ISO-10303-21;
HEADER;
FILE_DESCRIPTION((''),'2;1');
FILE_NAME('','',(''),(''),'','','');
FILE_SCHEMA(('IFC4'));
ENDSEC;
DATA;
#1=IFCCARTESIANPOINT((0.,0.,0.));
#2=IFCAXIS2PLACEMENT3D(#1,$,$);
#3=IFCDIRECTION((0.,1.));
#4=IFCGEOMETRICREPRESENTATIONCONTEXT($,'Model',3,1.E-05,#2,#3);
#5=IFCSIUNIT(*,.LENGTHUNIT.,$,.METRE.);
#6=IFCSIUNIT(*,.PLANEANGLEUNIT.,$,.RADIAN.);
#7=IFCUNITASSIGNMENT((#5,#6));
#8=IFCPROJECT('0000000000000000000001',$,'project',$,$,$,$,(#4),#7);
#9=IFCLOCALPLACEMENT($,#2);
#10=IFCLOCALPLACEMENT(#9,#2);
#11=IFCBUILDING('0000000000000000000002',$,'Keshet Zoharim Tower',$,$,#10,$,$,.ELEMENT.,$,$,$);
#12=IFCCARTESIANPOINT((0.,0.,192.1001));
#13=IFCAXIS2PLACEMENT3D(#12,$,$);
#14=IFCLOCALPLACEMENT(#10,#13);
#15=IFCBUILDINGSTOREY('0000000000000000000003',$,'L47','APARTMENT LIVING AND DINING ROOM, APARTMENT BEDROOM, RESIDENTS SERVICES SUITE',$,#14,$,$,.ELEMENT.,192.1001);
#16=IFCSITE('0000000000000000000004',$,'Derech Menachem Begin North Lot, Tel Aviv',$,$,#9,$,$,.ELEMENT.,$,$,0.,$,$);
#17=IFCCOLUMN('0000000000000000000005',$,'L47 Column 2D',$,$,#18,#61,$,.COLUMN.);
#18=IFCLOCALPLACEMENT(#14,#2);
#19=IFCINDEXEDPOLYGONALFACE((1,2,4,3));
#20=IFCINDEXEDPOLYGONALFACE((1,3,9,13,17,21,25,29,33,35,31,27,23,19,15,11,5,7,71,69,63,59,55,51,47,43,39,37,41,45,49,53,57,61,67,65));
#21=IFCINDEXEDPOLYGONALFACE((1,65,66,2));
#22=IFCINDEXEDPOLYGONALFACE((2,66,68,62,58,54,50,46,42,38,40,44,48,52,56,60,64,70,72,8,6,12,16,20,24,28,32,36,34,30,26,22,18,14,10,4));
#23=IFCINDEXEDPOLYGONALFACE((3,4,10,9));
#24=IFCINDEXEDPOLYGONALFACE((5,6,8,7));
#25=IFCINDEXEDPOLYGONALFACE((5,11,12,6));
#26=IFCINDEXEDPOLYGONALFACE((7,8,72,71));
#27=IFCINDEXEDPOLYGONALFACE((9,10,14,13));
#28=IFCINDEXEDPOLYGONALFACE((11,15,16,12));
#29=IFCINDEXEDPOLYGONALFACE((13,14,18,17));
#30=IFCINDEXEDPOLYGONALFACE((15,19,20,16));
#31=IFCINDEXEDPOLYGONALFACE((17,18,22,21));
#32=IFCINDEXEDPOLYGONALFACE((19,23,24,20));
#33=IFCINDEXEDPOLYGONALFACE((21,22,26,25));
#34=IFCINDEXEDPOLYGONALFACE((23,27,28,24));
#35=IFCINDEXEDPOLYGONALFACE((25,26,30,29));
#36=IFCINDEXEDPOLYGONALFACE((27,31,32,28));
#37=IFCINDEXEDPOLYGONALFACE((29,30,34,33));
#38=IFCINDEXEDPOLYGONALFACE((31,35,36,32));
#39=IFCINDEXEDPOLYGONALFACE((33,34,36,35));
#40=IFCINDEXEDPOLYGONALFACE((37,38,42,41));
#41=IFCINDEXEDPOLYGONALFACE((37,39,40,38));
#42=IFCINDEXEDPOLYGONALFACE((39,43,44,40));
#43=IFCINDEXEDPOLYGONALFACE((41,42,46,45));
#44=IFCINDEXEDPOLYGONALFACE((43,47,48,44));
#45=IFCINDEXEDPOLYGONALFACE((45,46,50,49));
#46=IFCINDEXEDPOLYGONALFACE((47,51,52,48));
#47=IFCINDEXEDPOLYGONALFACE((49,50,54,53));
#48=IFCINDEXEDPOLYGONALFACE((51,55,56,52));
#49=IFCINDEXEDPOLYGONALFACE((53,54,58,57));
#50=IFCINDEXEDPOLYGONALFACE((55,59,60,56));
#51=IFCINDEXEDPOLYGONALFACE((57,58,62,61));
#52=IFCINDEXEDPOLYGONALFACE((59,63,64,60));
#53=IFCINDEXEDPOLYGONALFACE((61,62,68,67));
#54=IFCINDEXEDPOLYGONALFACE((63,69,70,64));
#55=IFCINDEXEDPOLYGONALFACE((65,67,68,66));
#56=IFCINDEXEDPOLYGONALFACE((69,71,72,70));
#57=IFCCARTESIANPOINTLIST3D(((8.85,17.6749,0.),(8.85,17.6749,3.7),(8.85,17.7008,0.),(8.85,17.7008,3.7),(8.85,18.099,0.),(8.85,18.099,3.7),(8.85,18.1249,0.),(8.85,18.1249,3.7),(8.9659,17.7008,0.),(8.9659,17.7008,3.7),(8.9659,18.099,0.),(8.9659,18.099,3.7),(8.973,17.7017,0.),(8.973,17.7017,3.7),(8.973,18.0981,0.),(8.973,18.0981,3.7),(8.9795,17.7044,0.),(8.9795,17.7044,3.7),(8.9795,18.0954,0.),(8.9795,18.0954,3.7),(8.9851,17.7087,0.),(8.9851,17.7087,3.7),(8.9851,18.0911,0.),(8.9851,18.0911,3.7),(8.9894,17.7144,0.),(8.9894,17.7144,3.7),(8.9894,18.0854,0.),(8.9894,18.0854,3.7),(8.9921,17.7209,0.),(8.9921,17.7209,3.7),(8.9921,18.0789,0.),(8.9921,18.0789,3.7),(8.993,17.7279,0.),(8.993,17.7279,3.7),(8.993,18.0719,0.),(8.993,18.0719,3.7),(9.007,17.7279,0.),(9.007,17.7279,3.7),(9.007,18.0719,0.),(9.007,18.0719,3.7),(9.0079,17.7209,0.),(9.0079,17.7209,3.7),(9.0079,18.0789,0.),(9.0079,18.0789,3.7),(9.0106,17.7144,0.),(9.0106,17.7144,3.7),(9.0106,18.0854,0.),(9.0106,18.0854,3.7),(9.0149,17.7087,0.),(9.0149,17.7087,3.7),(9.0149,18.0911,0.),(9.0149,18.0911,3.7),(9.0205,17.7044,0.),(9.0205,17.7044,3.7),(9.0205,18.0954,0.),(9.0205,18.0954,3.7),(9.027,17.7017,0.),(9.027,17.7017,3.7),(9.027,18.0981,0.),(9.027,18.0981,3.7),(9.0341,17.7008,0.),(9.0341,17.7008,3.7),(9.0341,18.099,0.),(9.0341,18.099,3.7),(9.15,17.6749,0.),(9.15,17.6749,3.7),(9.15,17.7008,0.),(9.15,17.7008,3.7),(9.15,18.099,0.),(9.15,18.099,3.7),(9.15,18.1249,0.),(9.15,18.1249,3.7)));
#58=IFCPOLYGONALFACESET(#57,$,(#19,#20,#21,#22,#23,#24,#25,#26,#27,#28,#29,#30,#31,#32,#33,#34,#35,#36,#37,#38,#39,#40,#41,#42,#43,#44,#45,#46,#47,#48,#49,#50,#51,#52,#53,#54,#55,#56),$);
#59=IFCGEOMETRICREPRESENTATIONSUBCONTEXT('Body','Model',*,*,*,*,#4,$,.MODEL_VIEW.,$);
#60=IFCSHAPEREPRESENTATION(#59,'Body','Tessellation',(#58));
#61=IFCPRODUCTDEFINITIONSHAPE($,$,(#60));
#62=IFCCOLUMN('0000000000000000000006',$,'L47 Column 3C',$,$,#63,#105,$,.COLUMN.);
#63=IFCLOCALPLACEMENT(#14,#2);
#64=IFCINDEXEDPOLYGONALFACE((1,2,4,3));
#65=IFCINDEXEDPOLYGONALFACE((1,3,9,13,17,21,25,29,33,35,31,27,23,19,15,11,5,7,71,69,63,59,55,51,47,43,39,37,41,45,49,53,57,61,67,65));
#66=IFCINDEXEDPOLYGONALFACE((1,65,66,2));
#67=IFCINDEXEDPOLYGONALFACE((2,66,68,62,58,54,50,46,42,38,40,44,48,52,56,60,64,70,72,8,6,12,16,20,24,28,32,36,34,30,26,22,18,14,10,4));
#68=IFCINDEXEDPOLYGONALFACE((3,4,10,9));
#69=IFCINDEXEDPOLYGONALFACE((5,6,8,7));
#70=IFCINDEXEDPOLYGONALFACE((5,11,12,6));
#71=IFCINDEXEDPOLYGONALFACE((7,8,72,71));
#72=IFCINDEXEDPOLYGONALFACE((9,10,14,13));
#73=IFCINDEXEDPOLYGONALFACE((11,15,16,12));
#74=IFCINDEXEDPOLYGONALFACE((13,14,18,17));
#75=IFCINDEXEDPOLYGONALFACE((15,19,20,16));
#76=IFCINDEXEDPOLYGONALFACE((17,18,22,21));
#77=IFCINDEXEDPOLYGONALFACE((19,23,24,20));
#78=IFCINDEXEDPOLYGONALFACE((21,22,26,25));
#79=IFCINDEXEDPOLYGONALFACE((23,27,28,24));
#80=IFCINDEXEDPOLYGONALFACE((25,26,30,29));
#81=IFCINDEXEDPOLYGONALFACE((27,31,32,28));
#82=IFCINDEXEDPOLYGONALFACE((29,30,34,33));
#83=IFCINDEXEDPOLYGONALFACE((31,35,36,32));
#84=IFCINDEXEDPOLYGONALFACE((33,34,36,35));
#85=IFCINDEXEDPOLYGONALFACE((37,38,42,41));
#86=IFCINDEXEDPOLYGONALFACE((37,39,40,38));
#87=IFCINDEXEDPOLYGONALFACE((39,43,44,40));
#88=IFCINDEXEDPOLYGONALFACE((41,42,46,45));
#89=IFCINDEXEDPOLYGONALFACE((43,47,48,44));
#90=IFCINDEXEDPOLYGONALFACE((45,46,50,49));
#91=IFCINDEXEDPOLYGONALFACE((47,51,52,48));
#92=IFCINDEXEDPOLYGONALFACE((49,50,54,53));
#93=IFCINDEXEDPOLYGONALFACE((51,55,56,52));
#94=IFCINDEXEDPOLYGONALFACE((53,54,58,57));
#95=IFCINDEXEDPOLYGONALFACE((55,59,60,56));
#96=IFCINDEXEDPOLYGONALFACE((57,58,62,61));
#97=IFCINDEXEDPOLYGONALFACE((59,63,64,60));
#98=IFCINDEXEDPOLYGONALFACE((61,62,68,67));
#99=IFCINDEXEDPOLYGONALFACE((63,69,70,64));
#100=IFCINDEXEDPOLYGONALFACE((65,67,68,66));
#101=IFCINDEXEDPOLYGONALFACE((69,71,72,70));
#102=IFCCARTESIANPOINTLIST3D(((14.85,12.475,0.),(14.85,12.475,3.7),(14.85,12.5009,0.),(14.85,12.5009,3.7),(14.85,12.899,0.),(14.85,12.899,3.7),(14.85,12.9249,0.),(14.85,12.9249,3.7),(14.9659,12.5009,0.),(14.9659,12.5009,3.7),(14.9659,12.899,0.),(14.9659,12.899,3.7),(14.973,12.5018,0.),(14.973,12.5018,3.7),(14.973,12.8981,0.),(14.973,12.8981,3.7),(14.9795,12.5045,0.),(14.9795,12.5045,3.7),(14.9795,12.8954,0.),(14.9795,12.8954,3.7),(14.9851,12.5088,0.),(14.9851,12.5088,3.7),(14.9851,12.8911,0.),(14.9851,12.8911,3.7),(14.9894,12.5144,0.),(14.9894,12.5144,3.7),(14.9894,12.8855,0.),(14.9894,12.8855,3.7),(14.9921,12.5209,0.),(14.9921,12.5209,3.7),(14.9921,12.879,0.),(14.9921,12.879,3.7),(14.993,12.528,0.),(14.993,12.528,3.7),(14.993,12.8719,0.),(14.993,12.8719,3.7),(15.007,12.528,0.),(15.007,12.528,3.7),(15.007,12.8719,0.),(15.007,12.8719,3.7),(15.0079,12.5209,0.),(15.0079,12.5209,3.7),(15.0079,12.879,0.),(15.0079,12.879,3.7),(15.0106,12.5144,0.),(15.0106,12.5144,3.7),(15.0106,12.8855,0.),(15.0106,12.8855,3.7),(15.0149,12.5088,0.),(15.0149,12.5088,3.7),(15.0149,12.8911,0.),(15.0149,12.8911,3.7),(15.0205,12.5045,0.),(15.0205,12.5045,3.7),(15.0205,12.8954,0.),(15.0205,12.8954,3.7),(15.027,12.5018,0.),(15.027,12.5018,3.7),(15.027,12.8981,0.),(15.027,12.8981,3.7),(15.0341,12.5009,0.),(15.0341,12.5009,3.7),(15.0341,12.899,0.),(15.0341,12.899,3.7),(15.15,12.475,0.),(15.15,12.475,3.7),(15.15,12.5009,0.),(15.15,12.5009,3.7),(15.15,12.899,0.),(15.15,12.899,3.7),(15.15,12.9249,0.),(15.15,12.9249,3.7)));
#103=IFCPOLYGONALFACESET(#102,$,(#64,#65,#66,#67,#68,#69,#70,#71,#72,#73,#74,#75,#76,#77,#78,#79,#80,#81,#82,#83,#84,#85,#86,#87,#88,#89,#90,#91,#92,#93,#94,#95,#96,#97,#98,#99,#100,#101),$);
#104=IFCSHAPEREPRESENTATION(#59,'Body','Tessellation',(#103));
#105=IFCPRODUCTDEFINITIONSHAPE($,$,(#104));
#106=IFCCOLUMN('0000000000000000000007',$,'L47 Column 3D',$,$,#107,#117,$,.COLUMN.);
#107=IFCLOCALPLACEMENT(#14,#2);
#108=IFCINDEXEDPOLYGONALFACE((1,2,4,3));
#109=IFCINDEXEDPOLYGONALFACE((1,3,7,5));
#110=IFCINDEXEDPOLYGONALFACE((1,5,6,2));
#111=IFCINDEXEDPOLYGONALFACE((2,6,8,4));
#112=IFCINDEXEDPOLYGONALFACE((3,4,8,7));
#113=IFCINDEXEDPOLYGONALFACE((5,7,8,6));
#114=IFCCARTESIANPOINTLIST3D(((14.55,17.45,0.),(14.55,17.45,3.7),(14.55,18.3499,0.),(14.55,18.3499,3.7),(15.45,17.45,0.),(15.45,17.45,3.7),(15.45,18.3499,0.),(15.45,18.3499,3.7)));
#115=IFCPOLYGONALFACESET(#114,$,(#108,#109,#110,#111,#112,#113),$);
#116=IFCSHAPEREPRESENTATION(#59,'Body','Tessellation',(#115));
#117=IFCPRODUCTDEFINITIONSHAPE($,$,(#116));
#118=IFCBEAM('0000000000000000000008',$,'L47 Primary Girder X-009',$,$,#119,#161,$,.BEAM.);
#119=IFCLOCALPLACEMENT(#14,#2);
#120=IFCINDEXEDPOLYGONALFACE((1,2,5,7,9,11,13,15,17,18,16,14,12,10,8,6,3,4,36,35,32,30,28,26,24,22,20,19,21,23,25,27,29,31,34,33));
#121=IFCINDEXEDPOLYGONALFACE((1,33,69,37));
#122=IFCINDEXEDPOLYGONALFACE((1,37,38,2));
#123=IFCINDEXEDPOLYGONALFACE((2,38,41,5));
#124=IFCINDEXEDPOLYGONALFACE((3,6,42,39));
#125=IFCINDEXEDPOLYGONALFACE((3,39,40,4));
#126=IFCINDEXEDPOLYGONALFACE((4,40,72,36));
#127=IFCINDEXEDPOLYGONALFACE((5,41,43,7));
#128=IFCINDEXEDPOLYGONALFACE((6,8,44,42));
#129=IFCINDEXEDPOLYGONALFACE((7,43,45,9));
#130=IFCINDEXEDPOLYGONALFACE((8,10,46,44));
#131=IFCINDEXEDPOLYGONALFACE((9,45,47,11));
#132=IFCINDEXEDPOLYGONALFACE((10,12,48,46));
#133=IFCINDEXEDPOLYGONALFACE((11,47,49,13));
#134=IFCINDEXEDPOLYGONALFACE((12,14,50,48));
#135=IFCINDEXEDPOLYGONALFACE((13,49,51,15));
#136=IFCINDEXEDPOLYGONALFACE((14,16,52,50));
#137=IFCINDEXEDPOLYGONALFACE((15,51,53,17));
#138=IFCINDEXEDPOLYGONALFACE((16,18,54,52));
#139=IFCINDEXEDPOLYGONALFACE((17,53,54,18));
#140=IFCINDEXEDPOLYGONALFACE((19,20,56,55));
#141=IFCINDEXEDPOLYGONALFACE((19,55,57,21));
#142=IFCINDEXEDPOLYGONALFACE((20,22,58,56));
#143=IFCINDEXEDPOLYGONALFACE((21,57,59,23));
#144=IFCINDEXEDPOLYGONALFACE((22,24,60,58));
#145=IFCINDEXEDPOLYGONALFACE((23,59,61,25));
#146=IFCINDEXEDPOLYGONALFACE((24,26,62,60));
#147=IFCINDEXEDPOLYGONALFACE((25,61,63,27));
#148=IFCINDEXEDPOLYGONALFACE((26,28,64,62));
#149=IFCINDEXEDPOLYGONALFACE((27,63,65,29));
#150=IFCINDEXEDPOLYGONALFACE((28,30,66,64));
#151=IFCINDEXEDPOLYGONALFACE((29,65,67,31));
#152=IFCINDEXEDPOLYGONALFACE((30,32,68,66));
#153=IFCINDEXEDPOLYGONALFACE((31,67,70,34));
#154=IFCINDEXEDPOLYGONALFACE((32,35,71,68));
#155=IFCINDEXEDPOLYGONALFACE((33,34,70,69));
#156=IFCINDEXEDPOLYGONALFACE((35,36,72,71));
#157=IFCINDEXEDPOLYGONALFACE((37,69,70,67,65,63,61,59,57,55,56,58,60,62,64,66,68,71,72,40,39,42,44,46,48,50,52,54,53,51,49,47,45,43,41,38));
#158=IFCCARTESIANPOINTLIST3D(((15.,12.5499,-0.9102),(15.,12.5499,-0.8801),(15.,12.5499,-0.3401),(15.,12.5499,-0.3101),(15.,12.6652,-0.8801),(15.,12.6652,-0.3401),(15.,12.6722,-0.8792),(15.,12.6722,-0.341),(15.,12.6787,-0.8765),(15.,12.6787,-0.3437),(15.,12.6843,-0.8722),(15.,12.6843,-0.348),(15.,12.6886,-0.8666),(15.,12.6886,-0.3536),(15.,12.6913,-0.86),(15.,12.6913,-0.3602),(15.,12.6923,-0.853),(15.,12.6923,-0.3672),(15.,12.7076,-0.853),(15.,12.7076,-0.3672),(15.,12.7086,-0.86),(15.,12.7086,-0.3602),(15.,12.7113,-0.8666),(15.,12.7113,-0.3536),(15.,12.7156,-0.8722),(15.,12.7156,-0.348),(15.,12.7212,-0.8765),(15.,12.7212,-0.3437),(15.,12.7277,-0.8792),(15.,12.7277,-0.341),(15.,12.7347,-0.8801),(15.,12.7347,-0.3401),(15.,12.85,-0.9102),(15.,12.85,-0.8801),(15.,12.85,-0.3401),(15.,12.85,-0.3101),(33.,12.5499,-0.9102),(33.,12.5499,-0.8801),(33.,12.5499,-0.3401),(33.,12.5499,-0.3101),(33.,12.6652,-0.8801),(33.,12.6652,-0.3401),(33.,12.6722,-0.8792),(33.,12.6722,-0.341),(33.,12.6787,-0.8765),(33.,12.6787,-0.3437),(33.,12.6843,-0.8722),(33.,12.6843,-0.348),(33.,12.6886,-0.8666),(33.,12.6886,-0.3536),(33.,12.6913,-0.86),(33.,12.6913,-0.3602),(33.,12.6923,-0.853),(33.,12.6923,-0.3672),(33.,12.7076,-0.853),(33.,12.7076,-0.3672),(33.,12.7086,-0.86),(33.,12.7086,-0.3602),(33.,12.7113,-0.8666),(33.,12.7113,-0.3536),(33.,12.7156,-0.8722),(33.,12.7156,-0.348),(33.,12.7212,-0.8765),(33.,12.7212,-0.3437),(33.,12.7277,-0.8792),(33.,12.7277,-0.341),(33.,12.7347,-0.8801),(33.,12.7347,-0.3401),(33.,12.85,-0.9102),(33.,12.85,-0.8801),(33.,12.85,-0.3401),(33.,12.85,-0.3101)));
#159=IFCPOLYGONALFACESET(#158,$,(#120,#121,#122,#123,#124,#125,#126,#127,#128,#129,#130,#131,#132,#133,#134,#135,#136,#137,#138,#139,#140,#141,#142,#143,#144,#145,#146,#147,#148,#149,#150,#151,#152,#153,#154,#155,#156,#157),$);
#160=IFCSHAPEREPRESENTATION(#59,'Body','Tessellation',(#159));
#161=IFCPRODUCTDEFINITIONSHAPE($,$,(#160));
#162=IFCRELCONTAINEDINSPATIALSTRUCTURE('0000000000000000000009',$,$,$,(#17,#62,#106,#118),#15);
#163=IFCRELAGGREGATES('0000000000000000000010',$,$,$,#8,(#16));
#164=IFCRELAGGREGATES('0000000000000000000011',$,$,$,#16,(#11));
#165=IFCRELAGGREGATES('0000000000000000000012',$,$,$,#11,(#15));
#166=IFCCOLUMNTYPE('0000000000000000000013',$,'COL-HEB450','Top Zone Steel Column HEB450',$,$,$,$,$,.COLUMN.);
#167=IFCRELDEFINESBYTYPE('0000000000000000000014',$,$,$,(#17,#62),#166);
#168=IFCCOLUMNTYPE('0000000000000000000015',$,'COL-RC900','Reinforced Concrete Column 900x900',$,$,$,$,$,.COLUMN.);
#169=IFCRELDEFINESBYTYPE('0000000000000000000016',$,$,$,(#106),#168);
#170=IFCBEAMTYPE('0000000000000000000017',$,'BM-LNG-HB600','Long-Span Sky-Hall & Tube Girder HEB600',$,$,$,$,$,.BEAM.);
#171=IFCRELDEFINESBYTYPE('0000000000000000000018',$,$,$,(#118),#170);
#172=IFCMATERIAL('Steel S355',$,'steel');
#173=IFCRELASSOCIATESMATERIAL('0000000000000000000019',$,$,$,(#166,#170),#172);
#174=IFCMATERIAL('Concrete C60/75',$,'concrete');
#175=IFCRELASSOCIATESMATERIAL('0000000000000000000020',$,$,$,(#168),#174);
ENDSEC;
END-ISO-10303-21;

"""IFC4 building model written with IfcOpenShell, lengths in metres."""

from ifc_helpers import new_model, si_unit, direction, frame, origin, origin_2d, place, context, subcontext, project, spatial, rectangle, i_section, extrude, material, material_profile, profile_set, type_object, element, save


model = new_model("IFC4")

# Units and contexts
model_context = context("Model", 3, precision=1e-05, world=origin(), true_north=direction((0.0, 1.0)))
body_context = subcontext(model_context, "Body", "Model", "MODEL_VIEW")
ifc_project = project(units=[si_unit("LENGTHUNIT", "METRE"), si_unit("PLANEANGLEUNIT", "RADIAN")], contexts=[model_context])

# Site, building, storey
site_placement = place(None, origin())
site = spatial("IfcSite", under=ifc_project, at=site_placement, Name="Derech Menachem Begin North Lot, Tel Aviv", CompositionType="ELEMENT", RefElevation=0.0)
building_placement = place(site_placement, origin())
building = spatial("IfcBuilding", under=site, at=building_placement, Name="Keshet Zoharim Tower", CompositionType="ELEMENT")
storey_placement = place(building_placement, frame((0.0, 0.0, 192.1001)))
storey = spatial("IfcBuildingStorey", under=building, at=storey_placement, Name="L47", Description="APARTMENT LIVING AND DINING ROOM, APARTMENT BEDROOM, RESIDENTS SERVICES SUITE", CompositionType="ELEMENT", Elevation=192.1001)

# Columns
ifc_material_1 = material(Name="Steel S355", Category="steel")
ifc_material_profile_1 = material_profile(ifc_material_1, i_section(OverallWidth=0.3, OverallDepth=0.45, WebThickness=0.0139, FlangeThickness=0.0259, FilletRadius=0.0271, at=origin_2d()), Name="HEB450")
ifc_profile_set_1 = profile_set([ifc_material_profile_1], Name="Steel S355")
column_type_1 = type_object("IfcColumnType", Name="COL-HEB450", Description="Top Zone Steel Column HEB450", PredefinedType="COLUMN", material=ifc_profile_set_1)
for number, where, z_axis, x_axis, name in (
    (1, (9.0, 17.8999, 0.0), (0.0, 0.0, 1.0), (1.0, 0.0, 0.0), "L47 Column 2D"),
    (2, (15.0, 12.7, 0.0), (0.0, 0.0, 1.0), (1.0, 0.0, 0.0), "L47 Column 3C"),
):
    element("IfcColumn", number, at=place(storey_placement, frame(where, z_axis=z_axis, x_axis=x_axis)), inside=storey, type_object=column_type_1, Name=name, PredefinedType="COLUMN", context=body_context, shape_type="SweptSolid", body=[
        extrude(i_section(OverallWidth=0.3, OverallDepth=0.45, WebThickness=0.0139, FlangeThickness=0.0259, FilletRadius=0.0271, at=origin_2d()), origin(), (0.0, 0.0, 1.0), 3.7),
    ])
ifc_material_2 = material(Name="Concrete C60/75", Category="concrete")
ifc_material_profile_2 = material_profile(ifc_material_2, rectangle(XDim=0.8999, YDim=0.8999, at=origin_2d()), Name="RC900x900")
ifc_profile_set_2 = profile_set([ifc_material_profile_2], Name="Concrete C60/75")
column_type_2 = type_object("IfcColumnType", Name="COL-RC900", Description="Reinforced Concrete Column 900x900", PredefinedType="COLUMN", material=ifc_profile_set_2)
column_placement = place(storey_placement, frame((15.0, 17.8999, 0.0), z_axis=(0.0, 0.0, 1.0), x_axis=(1.0, 0.0, 0.0)))
element("IfcColumn", 3, at=column_placement, inside=storey, type_object=column_type_2, Name="L47 Column 3D", PredefinedType="COLUMN", context=body_context, shape_type="SweptSolid", body=[
    extrude(rectangle(XDim=0.8999, YDim=0.8999, at=origin_2d()), origin(), (0.0, 0.0, 1.0), 3.7),
])

# Beam
ifc_material_profile_3 = material_profile(ifc_material_1, i_section(OverallWidth=0.3, OverallDepth=0.6001, WebThickness=0.0154, FlangeThickness=0.03, FilletRadius=0.0271, at=origin_2d()), Name="HEB600")
ifc_profile_set_3 = profile_set([ifc_material_profile_3], Name="Steel S355")
beam_type_1 = type_object("IfcBeamType", Name="BM-LNG-HB600", Description="Long-Span Sky-Hall & Tube Girder HEB600", PredefinedType="BEAM", material=ifc_profile_set_3)
for number, where, z_axis, x_axis, name in (
    (4, (15.0, 12.7, -0.6101), (1.0, 0.0, 0.0), (0.0, 1.0, 0.0), "L47 Primary Girder X-009"),
):
    element("IfcBeam", number, at=place(storey_placement, frame(where, z_axis=z_axis, x_axis=x_axis)), inside=storey, type_object=beam_type_1, Name=name, PredefinedType="BEAM", context=body_context, shape_type="SweptSolid", body=[
        extrude(i_section(OverallWidth=0.3, OverallDepth=0.6001, WebThickness=0.0154, FlangeThickness=0.03, FilletRadius=0.0271, at=origin_2d()), origin(), (0.0, 0.0, 1.0), 18.0),
    ])

save(model, "model.ifc")
